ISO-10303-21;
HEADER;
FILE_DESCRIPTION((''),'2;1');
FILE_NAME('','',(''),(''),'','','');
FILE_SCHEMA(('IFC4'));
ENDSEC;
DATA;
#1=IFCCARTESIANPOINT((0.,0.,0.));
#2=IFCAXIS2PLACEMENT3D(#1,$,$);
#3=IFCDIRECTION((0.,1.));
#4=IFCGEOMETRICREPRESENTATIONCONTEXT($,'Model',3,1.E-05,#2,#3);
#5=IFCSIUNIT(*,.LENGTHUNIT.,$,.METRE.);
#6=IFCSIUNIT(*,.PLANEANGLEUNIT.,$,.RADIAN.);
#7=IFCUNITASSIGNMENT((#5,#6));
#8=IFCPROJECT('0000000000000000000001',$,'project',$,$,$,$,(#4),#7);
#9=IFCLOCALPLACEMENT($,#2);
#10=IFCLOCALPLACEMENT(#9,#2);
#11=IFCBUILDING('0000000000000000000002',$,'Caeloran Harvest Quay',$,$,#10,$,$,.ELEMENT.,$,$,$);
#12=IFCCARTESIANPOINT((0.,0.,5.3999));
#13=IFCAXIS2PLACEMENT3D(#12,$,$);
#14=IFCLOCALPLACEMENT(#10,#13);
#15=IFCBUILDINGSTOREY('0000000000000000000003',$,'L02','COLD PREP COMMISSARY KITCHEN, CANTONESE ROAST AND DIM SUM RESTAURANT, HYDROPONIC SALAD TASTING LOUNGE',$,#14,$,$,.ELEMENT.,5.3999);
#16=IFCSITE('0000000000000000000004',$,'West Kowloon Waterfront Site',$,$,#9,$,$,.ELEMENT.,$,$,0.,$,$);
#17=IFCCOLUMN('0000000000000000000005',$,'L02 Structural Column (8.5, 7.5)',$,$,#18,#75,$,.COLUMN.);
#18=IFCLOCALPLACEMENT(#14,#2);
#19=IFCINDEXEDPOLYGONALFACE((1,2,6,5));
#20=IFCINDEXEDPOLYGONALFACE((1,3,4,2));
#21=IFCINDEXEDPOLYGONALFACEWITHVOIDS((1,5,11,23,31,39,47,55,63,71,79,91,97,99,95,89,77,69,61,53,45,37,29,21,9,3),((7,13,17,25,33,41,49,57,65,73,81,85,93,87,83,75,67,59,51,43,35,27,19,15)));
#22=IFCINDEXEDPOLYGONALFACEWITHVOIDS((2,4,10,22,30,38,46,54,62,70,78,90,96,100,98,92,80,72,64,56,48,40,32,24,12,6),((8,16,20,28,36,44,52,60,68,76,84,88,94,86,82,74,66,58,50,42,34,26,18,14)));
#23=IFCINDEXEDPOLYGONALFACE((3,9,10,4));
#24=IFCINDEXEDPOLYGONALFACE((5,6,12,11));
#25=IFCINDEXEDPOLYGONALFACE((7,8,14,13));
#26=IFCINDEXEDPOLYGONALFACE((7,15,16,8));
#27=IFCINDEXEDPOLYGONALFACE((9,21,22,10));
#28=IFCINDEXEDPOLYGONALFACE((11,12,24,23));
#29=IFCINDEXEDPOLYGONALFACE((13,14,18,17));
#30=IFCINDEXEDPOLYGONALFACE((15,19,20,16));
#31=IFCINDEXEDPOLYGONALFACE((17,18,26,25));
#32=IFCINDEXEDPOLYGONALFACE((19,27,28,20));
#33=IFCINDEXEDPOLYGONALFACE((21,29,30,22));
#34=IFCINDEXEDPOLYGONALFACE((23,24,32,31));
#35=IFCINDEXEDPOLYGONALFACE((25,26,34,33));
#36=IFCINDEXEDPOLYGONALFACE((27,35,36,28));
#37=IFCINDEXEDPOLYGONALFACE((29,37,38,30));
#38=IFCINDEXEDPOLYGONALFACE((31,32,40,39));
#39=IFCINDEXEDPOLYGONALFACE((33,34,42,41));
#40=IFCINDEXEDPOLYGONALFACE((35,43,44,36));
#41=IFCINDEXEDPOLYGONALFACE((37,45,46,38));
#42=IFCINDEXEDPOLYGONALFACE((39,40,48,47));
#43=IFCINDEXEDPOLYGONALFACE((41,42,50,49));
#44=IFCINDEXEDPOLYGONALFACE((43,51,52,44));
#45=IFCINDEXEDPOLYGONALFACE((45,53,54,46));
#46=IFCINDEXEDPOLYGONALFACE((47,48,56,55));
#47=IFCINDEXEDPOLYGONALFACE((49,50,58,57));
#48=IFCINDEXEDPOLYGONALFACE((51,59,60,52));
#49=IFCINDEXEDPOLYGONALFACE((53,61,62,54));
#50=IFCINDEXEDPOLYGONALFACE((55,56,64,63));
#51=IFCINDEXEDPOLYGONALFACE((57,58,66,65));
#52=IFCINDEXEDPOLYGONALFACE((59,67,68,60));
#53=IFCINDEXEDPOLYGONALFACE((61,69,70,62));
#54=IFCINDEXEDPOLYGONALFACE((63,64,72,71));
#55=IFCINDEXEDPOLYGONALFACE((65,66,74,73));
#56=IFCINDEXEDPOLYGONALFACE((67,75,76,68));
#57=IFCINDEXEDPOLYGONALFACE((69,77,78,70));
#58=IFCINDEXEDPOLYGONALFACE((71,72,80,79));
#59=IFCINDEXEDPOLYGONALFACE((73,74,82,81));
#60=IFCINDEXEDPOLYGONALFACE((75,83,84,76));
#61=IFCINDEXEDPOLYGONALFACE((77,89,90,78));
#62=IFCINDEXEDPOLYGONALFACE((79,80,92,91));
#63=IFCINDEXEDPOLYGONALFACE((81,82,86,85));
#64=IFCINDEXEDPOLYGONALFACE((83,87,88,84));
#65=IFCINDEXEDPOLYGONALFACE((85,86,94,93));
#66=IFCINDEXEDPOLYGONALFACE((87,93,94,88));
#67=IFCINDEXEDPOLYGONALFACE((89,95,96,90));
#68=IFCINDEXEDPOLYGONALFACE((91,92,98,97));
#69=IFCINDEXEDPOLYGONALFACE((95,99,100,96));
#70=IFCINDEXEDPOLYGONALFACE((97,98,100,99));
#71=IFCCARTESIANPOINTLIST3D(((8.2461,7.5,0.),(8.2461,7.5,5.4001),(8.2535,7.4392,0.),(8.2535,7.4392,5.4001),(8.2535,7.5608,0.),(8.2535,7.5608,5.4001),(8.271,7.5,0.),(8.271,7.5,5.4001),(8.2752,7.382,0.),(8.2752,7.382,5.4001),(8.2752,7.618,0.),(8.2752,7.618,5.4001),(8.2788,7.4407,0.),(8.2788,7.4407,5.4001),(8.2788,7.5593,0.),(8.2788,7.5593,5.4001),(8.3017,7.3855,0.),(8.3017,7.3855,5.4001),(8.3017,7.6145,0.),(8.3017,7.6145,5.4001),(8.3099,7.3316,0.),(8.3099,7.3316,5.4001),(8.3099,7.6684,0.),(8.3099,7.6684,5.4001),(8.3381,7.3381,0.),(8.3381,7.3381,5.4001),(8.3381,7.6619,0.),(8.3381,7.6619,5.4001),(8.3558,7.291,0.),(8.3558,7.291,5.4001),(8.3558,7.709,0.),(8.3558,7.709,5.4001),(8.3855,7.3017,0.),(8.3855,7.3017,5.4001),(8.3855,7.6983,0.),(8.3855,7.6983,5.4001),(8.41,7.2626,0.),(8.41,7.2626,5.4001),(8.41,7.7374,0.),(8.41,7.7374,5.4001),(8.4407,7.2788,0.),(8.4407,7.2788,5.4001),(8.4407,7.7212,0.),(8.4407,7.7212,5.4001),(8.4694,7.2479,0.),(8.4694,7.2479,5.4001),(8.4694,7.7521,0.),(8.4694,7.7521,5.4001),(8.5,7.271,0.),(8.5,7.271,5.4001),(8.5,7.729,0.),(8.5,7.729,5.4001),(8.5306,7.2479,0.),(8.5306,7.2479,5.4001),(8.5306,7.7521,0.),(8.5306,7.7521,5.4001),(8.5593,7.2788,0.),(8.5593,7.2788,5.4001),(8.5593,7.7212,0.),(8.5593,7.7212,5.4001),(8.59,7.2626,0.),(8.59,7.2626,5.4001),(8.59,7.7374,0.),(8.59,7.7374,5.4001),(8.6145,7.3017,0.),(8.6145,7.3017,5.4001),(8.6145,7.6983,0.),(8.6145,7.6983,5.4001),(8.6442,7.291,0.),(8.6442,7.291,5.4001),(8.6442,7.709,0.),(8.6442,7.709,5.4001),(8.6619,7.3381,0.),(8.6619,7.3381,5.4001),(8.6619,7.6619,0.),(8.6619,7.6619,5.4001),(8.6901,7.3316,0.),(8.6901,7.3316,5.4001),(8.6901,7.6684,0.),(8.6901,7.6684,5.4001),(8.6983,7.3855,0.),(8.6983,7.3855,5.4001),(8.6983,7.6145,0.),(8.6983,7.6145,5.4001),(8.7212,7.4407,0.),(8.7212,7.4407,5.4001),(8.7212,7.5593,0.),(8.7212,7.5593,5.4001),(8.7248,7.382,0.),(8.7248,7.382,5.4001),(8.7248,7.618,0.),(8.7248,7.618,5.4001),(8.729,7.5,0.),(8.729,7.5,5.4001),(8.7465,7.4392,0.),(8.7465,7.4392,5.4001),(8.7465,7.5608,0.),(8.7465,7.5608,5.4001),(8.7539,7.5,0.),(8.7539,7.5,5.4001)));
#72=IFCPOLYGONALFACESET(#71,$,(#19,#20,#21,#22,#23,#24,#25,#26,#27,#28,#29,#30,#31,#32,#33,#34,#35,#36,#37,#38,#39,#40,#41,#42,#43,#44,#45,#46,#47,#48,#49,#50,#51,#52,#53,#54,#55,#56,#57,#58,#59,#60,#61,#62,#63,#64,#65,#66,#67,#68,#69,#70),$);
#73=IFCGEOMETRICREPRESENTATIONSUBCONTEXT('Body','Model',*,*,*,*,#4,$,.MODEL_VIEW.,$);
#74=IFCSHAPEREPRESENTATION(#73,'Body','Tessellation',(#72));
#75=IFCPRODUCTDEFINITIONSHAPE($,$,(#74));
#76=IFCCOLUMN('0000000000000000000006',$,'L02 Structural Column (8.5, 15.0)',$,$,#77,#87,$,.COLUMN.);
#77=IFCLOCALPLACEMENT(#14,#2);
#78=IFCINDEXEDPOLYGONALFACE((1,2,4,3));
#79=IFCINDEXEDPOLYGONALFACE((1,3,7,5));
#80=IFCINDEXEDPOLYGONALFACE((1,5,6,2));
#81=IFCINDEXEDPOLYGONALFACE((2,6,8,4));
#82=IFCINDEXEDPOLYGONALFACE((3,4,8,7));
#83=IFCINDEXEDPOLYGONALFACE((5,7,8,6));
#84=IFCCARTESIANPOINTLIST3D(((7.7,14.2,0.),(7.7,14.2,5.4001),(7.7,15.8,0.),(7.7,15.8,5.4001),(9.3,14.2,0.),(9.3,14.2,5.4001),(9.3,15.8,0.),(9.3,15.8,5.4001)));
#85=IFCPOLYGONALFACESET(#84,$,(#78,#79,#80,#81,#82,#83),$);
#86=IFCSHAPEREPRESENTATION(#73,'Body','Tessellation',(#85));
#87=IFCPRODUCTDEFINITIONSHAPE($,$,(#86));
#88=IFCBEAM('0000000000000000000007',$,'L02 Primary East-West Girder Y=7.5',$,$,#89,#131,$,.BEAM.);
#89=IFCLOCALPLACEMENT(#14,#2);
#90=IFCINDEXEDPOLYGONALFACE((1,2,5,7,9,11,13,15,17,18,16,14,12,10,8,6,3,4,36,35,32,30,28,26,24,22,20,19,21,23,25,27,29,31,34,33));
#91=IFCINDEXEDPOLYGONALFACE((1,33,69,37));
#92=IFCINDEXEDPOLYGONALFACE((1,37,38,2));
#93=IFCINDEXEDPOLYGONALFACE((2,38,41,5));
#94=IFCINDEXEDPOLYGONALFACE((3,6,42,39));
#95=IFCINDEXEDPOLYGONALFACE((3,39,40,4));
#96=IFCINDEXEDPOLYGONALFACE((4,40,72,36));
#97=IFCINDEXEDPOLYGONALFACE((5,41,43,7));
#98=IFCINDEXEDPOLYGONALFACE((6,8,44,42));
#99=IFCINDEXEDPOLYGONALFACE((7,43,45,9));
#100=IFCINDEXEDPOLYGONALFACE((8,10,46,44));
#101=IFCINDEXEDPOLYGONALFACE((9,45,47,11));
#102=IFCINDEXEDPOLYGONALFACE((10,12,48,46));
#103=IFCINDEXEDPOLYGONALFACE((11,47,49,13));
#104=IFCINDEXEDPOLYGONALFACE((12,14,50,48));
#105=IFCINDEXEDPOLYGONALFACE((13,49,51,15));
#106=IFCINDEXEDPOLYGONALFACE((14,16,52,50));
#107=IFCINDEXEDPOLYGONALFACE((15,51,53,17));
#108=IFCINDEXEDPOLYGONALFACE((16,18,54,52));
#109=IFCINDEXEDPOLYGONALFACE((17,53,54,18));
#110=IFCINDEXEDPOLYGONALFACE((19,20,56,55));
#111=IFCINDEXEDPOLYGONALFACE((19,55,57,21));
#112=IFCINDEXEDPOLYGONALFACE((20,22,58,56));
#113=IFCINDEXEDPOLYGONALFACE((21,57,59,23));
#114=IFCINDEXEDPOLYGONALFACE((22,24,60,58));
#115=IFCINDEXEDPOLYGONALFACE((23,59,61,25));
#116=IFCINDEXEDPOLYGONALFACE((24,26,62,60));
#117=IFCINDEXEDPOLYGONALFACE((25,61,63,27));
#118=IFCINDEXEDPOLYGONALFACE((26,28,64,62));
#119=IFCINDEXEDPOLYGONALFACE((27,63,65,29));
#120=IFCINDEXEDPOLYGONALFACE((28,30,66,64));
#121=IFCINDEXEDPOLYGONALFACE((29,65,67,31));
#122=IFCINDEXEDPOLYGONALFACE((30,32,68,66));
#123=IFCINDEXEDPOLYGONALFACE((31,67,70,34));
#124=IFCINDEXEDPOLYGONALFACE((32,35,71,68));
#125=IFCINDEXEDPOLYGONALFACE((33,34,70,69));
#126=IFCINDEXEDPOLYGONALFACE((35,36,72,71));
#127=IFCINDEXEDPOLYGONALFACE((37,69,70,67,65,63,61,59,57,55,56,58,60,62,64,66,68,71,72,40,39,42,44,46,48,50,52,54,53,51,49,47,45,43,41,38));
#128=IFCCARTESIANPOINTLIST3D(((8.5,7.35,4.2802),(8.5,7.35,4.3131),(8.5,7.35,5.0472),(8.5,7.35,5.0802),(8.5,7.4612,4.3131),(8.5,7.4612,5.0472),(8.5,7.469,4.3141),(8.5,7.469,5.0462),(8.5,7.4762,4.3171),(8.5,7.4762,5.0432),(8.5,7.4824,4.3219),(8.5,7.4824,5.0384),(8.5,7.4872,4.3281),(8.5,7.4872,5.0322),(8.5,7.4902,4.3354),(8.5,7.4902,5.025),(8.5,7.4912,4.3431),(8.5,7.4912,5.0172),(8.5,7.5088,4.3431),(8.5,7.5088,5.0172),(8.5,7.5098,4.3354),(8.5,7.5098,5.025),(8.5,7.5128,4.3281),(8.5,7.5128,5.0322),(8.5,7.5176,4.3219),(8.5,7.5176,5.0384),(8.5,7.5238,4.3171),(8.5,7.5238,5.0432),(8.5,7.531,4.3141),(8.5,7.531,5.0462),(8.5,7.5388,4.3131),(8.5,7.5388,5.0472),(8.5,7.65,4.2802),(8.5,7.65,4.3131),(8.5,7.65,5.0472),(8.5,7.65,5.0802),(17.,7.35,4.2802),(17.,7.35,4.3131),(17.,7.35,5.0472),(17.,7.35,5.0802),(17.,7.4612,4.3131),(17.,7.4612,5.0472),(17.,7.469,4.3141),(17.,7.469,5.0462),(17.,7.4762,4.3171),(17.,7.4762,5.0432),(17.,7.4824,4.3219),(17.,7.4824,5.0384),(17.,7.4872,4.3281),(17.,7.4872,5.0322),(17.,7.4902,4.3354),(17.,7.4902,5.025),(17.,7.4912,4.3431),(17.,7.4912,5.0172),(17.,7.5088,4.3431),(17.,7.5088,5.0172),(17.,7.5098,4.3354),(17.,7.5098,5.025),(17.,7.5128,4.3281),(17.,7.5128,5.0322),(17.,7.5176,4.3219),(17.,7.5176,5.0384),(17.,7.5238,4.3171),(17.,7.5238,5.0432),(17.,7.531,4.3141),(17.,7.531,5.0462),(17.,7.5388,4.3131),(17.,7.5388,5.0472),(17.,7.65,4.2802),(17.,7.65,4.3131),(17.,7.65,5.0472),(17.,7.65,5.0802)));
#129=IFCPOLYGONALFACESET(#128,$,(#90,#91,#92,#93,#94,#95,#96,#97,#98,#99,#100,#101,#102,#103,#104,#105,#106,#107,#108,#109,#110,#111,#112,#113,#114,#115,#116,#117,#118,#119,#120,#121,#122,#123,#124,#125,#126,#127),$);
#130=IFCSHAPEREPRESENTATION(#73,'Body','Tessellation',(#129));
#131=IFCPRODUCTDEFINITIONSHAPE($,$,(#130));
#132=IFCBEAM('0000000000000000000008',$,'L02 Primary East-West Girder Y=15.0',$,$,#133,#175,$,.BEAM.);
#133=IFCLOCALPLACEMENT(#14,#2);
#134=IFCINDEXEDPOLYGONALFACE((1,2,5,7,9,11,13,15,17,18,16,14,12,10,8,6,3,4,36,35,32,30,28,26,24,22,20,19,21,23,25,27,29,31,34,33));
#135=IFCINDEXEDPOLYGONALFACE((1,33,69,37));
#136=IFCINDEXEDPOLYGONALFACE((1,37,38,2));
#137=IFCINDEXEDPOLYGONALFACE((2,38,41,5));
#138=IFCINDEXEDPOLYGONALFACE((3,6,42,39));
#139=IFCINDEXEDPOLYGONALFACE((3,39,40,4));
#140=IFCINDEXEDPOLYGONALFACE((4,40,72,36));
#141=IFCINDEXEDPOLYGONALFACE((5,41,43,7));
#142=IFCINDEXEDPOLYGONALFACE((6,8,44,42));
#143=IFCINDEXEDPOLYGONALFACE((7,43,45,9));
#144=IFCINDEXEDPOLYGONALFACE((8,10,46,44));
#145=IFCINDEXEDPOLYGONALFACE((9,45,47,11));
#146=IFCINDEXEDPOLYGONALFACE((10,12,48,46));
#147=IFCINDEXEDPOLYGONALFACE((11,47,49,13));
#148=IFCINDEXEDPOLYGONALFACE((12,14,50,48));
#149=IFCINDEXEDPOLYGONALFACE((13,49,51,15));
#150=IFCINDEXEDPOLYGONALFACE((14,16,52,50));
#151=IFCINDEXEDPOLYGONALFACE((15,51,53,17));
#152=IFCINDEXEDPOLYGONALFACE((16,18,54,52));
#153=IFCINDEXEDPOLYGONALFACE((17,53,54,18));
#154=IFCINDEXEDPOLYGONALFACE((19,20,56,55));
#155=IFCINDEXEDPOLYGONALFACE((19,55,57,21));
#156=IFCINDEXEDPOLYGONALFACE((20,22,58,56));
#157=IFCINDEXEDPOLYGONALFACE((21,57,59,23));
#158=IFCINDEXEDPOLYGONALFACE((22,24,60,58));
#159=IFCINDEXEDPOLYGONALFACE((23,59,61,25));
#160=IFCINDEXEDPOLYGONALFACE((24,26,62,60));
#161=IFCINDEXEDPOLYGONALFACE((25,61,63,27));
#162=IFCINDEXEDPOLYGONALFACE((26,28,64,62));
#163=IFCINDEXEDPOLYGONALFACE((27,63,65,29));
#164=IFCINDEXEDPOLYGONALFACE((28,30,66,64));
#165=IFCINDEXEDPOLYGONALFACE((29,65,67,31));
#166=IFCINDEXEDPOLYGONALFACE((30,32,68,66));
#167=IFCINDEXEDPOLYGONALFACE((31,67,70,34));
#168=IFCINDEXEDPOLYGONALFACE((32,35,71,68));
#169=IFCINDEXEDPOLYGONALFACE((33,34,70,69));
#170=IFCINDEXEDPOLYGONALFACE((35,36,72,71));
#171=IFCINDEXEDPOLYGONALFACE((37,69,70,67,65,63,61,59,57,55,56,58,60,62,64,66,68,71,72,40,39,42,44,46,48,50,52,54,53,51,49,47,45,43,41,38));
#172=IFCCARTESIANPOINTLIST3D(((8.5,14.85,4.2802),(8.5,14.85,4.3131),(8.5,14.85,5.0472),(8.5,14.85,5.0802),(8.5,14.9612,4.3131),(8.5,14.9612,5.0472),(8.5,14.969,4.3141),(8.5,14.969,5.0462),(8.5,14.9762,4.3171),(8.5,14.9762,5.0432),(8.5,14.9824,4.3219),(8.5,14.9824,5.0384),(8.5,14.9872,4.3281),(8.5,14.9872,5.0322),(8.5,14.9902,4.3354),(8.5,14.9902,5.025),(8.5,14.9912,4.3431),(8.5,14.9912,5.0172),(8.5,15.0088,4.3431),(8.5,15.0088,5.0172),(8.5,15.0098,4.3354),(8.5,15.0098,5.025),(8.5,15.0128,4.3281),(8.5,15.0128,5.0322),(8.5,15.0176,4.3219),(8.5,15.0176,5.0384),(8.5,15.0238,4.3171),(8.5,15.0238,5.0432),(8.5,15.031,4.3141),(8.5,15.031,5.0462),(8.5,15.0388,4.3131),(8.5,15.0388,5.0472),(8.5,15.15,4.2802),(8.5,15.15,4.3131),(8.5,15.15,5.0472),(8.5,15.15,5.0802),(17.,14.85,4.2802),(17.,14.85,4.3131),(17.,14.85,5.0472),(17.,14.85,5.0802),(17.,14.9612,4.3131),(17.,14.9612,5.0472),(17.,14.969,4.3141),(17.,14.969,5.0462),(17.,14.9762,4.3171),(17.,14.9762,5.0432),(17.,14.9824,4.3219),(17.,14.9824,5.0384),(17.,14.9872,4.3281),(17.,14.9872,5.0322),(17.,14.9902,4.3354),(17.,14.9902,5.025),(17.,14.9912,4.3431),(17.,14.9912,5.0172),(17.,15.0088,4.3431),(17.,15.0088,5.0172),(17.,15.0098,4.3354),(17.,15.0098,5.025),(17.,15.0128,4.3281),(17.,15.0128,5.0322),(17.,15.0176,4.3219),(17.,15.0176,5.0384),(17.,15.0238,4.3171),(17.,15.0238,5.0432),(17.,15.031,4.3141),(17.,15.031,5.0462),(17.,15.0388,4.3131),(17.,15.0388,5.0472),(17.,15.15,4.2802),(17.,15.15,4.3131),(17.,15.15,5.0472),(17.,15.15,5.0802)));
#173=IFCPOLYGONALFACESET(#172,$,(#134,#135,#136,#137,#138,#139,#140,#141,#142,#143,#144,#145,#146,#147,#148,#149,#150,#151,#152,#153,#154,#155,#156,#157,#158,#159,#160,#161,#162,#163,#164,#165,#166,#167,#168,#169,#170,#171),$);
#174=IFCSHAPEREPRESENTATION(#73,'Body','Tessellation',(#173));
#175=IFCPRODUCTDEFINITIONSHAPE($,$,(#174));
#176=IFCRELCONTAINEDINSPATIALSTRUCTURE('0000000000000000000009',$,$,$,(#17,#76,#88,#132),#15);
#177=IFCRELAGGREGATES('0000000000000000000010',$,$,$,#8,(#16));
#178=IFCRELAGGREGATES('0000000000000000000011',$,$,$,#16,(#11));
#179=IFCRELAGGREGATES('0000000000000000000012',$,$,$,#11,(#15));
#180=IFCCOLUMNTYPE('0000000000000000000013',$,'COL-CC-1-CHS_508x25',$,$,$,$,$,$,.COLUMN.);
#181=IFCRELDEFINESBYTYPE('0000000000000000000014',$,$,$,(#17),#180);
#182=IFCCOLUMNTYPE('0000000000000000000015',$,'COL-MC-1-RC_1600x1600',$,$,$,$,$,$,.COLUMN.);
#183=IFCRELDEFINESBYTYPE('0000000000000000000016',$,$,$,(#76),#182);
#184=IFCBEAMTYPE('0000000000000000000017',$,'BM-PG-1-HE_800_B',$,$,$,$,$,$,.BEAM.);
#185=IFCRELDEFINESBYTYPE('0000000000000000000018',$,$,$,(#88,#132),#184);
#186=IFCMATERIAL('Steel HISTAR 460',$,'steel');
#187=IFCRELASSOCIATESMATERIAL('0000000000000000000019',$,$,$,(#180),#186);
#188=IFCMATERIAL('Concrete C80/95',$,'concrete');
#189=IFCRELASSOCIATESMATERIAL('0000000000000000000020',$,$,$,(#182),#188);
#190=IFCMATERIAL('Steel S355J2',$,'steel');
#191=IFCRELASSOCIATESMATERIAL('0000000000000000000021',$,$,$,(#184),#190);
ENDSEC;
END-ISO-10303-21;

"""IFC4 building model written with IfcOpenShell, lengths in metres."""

from ifc_helpers import new_model, si_unit, direction, frame, origin, origin_2d, place, context, subcontext, project, spatial, rectangle, hollow_circle, i_section, extrude, material, material_profile, profile_set, type_object, element, save


model = new_model("IFC4")

# Units and contexts
model_context = context("Model", 3, precision=1e-05, world=origin(), true_north=direction((0.0, 1.0)))
body_context = subcontext(model_context, "Body", "Model", "MODEL_VIEW")
ifc_project = project(units=[si_unit("LENGTHUNIT", "METRE"), si_unit("PLANEANGLEUNIT", "RADIAN")], contexts=[model_context])

# Site, building, storey
site_placement = place(None, origin())
site = spatial("IfcSite", under=ifc_project, at=site_placement, Name="West Kowloon Waterfront Site", CompositionType="ELEMENT", RefElevation=0.0)
building_placement = place(site_placement, origin())
building = spatial("IfcBuilding", under=site, at=building_placement, Name="Caeloran Harvest Quay", CompositionType="ELEMENT")
storey_placement = place(building_placement, frame((0.0, 0.0, 5.3999)))
storey = spatial("IfcBuildingStorey", under=building, at=storey_placement, Name="L02", Description="COLD PREP COMMISSARY KITCHEN, CANTONESE ROAST AND DIM SUM RESTAURANT, HYDROPONIC SALAD TASTING LOUNGE", CompositionType="ELEMENT", Elevation=5.3999)

# Columns
ifc_material_1 = material(Name="Steel HISTAR 460", Category="steel")
ifc_material_profile_1 = material_profile(ifc_material_1, hollow_circle(Radius=0.2539, WallThickness=0.0249, at=origin_2d()), Name="CHS 508x25")
ifc_profile_set_1 = profile_set([ifc_material_profile_1], Name="Steel HISTAR 460")
column_type_1 = type_object("IfcColumnType", Name="COL-CC-1-CHS_508x25", PredefinedType="COLUMN", material=ifc_profile_set_1)
column_1_placement = place(storey_placement, frame((8.5, 7.5, 0.0), z_axis=(0.0, 0.0, 1.0), x_axis=(1.0, 0.0, 0.0)))
element("IfcColumn", 1, at=column_1_placement, inside=storey, type_object=column_type_1, Name="L02 Structural Column (8.5, 7.5)", PredefinedType="COLUMN", context=body_context, shape_type="SweptSolid", body=[
    extrude(hollow_circle(Radius=0.2539, WallThickness=0.0249, at=origin_2d()), origin(), (0.0, 0.0, 1.0), 5.4001),
])
ifc_material_2 = material(Name="Concrete C80/95", Category="concrete")
ifc_material_profile_2 = material_profile(ifc_material_2, rectangle(XDim=1.6001, YDim=1.6001, at=origin_2d()), Name="RC 1600x1600")
ifc_profile_set_2 = profile_set([ifc_material_profile_2], Name="Concrete C80/95")
column_type_2 = type_object("IfcColumnType", Name="COL-MC-1-RC_1600x1600", PredefinedType="COLUMN", material=ifc_profile_set_2)
column_2_placement = place(storey_placement, frame((8.5, 15.0, 0.0), z_axis=(0.0, 0.0, 1.0), x_axis=(1.0, 0.0, 0.0)))
element("IfcColumn", 2, at=column_2_placement, inside=storey, type_object=column_type_2, Name="L02 Structural Column (8.5, 15.0)", PredefinedType="COLUMN", context=body_context, shape_type="SweptSolid", body=[
    extrude(rectangle(XDim=1.6001, YDim=1.6001, at=origin_2d()), origin(), (0.0, 0.0, 1.0), 5.4001),
])

# Beams
ifc_material_3 = material(Name="Steel S355J2", Category="steel")
ifc_material_profile_3 = material_profile(ifc_material_3, i_section(OverallWidth=0.3, OverallDepth=0.8, WebThickness=0.0176, FlangeThickness=0.033, FilletRadius=0.03, at=origin_2d()), Name="HE 800 B")
ifc_profile_set_3 = profile_set([ifc_material_profile_3], Name="Steel S355J2")
beam_type_1 = type_object("IfcBeamType", Name="BM-PG-1-HE_800_B", PredefinedType="BEAM", material=ifc_profile_set_3)
for number, where, z_axis, x_axis, name in (
    (3, (8.5, 7.5, 4.6802), (1.0, 0.0, 0.0), (0.0, 1.0, 0.0), "L02 Primary East-West Girder Y=7.5"),
    (4, (8.5, 15.0, 4.6802), (1.0, 0.0, 0.0), (0.0, 1.0, 0.0), "L02 Primary East-West Girder Y=15.0"),
):
    element("IfcBeam", number, at=place(storey_placement, frame(where, z_axis=z_axis, x_axis=x_axis)), inside=storey, type_object=beam_type_1, Name=name, PredefinedType="BEAM", context=body_context, shape_type="SweptSolid", body=[
        extrude(i_section(OverallWidth=0.3, OverallDepth=0.8, WebThickness=0.0176, FlangeThickness=0.033, FilletRadius=0.03, at=origin_2d()), origin(), (0.0, 0.0, 1.0), 8.5),
    ])

save(model, "model.ifc")
